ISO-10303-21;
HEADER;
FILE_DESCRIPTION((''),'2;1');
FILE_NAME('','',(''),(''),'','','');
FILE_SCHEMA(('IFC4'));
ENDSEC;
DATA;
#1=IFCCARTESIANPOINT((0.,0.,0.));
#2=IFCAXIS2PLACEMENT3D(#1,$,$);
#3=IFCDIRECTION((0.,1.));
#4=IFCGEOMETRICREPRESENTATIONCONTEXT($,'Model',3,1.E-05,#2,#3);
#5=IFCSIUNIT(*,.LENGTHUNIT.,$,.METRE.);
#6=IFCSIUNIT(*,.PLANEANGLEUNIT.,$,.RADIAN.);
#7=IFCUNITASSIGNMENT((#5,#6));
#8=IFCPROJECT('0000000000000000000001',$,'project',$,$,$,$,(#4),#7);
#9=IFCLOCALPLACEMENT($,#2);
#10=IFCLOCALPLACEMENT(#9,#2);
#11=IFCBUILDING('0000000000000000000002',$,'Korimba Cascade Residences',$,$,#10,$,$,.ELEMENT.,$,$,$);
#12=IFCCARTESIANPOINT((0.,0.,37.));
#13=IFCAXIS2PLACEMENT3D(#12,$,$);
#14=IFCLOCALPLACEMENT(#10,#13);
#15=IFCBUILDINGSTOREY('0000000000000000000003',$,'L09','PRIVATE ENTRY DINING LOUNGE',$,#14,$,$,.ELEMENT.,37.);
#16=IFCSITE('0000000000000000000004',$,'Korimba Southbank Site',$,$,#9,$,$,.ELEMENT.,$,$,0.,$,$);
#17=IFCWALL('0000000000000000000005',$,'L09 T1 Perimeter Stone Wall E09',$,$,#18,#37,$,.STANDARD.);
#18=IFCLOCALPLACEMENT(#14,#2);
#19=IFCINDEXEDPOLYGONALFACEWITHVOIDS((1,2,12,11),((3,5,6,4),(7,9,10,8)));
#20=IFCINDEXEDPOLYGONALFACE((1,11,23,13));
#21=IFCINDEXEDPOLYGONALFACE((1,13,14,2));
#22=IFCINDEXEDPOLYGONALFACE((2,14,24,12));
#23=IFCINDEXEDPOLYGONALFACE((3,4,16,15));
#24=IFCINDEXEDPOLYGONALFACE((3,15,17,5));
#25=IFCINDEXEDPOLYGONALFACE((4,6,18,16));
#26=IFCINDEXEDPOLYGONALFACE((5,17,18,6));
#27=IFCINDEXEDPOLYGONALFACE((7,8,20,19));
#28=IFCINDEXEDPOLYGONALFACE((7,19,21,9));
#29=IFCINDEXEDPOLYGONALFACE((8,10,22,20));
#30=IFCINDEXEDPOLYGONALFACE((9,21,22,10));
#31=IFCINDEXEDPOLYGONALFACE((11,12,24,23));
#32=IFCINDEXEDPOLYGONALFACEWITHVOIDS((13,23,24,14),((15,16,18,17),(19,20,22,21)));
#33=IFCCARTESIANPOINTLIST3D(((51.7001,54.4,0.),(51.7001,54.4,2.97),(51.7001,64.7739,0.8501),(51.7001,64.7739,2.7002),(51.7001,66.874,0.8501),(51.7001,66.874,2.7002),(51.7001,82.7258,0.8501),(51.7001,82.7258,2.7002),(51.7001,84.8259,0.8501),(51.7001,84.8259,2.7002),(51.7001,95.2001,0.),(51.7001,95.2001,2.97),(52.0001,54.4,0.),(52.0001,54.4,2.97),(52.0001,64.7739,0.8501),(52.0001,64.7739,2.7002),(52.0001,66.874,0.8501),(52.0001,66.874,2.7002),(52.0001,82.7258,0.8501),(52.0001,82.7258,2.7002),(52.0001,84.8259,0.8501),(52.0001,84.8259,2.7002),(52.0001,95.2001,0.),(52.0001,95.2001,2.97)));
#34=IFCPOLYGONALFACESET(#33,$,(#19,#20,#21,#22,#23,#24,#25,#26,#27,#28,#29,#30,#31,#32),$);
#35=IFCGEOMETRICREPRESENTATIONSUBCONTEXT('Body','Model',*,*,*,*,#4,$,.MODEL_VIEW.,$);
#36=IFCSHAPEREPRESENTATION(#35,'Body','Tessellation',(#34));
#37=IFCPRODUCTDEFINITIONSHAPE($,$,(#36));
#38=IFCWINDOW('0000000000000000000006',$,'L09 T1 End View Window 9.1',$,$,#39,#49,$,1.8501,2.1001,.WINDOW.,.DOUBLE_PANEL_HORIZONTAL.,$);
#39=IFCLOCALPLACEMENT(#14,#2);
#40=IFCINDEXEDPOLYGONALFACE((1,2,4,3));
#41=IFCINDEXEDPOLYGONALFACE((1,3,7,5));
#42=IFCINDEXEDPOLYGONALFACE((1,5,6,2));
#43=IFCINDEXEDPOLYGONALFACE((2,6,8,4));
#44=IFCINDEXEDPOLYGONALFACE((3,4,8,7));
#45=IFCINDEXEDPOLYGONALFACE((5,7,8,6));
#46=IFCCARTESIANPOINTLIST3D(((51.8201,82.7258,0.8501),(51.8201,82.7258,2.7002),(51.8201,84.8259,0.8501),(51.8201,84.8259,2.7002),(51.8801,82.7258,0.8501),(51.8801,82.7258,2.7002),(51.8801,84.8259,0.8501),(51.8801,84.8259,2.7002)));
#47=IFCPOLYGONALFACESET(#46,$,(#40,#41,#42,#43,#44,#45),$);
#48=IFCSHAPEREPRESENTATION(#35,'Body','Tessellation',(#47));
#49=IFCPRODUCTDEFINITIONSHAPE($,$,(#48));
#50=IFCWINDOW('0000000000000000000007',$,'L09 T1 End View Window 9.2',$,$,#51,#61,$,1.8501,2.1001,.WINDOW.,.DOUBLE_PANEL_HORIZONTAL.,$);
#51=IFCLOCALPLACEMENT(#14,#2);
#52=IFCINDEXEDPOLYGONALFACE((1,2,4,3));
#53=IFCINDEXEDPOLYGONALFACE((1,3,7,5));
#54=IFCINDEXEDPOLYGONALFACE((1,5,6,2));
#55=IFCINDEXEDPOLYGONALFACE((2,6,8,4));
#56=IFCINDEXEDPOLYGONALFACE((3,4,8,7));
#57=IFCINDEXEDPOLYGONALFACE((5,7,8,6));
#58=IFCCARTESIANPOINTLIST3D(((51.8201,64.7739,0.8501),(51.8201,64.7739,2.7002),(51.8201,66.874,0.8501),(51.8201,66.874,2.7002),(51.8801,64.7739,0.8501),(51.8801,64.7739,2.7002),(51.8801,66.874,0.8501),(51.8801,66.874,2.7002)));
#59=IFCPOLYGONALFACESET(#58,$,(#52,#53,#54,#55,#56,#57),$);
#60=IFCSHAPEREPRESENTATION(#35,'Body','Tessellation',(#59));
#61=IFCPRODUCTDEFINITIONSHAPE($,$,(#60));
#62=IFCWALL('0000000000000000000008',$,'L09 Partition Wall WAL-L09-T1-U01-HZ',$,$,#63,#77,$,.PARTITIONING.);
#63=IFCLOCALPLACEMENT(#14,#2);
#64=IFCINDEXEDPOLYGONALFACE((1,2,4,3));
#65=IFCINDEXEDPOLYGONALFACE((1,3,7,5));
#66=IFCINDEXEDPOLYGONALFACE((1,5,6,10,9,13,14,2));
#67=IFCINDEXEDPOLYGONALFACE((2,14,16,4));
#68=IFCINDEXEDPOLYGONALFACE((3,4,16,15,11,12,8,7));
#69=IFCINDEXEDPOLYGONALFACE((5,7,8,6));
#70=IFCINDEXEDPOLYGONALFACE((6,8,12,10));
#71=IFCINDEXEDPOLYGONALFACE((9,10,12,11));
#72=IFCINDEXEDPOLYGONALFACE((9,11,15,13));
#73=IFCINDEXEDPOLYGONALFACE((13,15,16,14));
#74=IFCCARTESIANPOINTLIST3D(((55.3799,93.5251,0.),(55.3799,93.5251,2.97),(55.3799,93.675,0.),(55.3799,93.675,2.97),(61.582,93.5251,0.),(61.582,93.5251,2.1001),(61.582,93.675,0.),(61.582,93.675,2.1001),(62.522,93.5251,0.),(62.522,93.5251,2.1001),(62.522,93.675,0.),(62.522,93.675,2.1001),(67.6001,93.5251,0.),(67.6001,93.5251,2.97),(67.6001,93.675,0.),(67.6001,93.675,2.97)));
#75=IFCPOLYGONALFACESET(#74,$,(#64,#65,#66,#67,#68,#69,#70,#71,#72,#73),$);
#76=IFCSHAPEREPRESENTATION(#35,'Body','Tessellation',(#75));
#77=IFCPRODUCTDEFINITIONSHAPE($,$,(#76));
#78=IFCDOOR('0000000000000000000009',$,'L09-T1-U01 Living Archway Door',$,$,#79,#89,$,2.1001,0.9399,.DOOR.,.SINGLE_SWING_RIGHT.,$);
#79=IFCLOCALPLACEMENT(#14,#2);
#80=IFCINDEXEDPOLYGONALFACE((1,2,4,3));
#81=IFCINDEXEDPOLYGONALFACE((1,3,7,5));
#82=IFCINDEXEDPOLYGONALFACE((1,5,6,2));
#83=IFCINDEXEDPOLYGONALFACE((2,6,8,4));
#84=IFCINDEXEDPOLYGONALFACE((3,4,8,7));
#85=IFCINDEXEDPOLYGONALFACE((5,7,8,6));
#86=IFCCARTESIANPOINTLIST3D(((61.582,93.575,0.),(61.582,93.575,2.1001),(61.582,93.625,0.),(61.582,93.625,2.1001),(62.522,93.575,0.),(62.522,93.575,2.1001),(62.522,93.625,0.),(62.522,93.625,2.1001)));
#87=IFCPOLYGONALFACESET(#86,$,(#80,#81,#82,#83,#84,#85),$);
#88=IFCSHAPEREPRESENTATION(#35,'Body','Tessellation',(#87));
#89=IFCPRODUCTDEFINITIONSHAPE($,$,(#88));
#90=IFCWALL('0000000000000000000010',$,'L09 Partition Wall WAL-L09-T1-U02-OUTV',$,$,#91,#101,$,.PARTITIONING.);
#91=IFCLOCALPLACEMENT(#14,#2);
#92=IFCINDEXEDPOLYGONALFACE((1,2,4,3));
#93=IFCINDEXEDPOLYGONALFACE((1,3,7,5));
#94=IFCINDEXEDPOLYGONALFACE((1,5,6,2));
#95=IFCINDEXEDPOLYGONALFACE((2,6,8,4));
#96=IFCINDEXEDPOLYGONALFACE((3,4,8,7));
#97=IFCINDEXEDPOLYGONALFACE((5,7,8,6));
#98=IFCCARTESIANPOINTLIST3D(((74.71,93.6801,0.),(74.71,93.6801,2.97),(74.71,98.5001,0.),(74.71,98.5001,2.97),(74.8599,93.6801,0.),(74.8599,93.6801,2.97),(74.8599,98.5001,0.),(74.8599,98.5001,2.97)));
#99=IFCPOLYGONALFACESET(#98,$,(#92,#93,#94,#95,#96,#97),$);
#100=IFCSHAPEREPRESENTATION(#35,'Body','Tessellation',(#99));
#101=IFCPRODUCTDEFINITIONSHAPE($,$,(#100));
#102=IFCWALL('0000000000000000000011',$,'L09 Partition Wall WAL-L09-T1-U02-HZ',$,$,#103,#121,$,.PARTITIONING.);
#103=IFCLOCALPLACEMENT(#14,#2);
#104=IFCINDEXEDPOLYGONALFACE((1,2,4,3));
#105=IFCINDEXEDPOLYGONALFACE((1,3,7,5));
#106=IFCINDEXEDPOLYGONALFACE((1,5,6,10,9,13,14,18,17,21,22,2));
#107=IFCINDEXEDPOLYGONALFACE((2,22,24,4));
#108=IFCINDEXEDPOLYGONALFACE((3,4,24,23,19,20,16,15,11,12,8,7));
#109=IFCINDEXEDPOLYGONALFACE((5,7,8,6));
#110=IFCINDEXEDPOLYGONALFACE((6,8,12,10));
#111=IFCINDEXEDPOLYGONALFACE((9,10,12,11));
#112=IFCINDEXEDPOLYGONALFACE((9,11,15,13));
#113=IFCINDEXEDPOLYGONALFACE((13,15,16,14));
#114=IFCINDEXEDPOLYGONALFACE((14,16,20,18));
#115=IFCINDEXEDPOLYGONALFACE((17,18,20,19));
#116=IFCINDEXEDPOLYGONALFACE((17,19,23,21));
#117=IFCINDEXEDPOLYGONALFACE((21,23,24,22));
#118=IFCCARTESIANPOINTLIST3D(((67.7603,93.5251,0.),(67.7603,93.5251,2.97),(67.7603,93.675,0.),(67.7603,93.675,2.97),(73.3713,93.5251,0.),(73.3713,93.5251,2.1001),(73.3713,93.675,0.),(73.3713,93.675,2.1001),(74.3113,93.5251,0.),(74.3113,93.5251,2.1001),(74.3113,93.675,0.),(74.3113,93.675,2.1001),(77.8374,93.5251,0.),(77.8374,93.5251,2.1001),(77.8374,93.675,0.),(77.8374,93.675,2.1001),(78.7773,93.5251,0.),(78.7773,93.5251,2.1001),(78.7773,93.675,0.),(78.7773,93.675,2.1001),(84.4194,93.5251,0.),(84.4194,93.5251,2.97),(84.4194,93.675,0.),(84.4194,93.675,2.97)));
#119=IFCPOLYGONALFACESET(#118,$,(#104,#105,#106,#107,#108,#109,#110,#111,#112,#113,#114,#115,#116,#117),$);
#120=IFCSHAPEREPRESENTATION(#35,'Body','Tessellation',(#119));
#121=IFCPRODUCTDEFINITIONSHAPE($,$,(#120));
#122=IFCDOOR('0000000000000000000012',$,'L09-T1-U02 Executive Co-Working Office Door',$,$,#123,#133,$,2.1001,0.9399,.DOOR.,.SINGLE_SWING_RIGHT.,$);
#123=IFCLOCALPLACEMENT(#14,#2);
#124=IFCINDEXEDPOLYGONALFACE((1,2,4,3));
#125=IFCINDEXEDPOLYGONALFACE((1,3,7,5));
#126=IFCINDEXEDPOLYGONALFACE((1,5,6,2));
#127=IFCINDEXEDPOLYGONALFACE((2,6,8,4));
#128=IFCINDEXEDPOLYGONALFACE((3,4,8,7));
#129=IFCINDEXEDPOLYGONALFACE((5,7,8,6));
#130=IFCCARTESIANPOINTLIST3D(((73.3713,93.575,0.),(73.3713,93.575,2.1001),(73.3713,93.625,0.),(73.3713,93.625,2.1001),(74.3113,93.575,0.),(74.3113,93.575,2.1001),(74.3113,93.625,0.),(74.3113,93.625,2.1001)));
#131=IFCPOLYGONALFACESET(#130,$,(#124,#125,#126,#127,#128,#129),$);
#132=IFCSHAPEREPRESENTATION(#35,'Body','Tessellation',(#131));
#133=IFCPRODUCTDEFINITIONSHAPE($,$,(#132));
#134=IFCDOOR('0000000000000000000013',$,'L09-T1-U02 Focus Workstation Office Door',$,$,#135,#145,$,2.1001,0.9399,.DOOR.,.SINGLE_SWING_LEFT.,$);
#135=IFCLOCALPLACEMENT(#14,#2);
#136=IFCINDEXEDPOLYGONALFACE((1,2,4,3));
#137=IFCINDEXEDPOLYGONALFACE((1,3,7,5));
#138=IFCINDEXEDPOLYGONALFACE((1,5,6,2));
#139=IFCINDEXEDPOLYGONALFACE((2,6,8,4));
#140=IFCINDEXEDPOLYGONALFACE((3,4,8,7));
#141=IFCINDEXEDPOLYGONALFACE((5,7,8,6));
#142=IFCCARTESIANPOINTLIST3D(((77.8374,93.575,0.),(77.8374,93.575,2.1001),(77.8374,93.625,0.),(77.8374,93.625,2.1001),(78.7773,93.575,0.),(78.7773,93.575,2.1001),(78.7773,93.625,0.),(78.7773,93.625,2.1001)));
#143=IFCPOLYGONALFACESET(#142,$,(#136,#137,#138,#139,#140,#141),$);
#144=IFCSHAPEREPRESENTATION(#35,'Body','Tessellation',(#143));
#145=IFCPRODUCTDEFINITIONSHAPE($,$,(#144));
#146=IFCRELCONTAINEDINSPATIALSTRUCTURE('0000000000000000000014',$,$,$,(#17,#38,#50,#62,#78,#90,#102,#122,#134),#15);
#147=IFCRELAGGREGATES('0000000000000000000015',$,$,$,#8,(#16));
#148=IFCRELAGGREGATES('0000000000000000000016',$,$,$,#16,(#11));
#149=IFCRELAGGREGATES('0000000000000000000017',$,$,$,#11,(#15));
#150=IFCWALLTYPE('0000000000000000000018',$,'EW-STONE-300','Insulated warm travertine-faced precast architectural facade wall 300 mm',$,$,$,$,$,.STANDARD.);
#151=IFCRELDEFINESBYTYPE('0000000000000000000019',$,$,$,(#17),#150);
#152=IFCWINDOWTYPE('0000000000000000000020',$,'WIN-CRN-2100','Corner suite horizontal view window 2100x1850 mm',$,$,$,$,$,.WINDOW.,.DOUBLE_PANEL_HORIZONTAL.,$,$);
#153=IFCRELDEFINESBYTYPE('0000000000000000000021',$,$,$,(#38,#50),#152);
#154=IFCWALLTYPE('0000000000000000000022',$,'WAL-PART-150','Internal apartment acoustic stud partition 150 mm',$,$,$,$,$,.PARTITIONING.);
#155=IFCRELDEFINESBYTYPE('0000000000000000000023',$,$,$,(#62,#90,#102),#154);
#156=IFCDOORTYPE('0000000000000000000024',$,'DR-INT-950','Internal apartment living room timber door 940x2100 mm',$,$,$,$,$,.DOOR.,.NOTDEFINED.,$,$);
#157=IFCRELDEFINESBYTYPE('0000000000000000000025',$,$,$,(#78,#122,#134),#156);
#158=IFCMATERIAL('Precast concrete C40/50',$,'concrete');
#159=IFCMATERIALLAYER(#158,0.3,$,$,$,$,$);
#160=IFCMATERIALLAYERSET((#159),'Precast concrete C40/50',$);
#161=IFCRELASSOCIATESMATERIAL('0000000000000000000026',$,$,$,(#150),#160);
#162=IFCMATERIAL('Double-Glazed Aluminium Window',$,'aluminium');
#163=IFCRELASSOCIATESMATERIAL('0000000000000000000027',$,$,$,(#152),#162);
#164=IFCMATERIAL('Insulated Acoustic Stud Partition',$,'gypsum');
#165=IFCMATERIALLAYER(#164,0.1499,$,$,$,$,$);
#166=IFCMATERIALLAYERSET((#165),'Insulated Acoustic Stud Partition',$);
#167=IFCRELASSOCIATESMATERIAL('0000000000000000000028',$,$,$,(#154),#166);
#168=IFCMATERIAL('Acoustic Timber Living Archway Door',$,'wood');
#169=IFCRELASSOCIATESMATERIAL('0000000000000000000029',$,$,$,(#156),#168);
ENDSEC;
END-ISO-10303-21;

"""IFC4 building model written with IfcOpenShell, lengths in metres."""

from ifc_helpers import new_model, si_unit, direction, frame, frame_2d, origin, place, context, subcontext, project, spatial, rectangle, extrude, material, layer, layer_set, type_object, element, fill, save


model = new_model("IFC4")

# Units and contexts
model_context = context("Model", 3, precision=1e-05, world=origin(), true_north=direction((0.0, 1.0)))
body_context = subcontext(model_context, "Body", "Model", "MODEL_VIEW")
ifc_project = project(units=[si_unit("LENGTHUNIT", "METRE"), si_unit("PLANEANGLEUNIT", "RADIAN")], contexts=[model_context])

# Site, building, storey
site_placement = place(None, origin())
site = spatial("IfcSite", under=ifc_project, at=site_placement, Name="Korimba Southbank Site", CompositionType="ELEMENT", RefElevation=0.0)
building_placement = place(site_placement, origin())
building = spatial("IfcBuilding", under=site, at=building_placement, Name="Korimba Cascade Residences", CompositionType="ELEMENT")
storey_placement = place(building_placement, frame((0.0, 0.0, 37.0)))
storey = spatial("IfcBuildingStorey", under=building, at=storey_placement, Name="L09", Description="PRIVATE ENTRY DINING LOUNGE", CompositionType="ELEMENT", Elevation=37.0)

# Shared definitions
ifc_material_1 = material(Name="Precast concrete C40/50", Category="concrete")
ifc_layer_1 = layer(ifc_material_1, 0.3)
ifc_layer_set_1 = layer_set([ifc_layer_1], Name="Precast concrete C40/50")
wall_type_1 = type_object("IfcWallType", Name="EW-STONE-300", Description="Insulated warm travertine-faced precast architectural facade wall 300 mm", PredefinedType="STANDARD", material=ifc_layer_set_1)

# Wall, openings, windows
wall_1_placement = place(storey_placement, frame((51.8501, 95.2, 0.0), z_axis=(0.0, 0.0, 1.0), x_axis=(0.0, -1.0, 0.0)))
wall_1 = element("IfcWall", 1, at=wall_1_placement, inside=storey, type_object=wall_type_1, Name="L09 T1 Perimeter Stone Wall E09", PredefinedType="STANDARD", context=body_context, shape_type="SweptSolid", body=[
    extrude(rectangle(XDim=40.8, YDim=0.3, at=frame_2d((20.3999, 0.0))), origin(), (0.0, 0.0, 1.0), 2.97),
])
opening_1_placement = place(wall_1_placement, frame((10.374, 0.0, 0.8501)))
opening_1 = element("IfcOpeningElement", 2, at=opening_1_placement, cuts=wall_1, PredefinedType="OPENING", context=body_context, shape_type="SweptSolid", body=[
    extrude(rectangle(XDim=2.1001, YDim=1.8501, at=frame_2d((1.05, 0.925))), frame((0.0, 0.1602, 0.0), z_axis=(0.0, -1.0, 0.0), x_axis=(1.0, 0.0, 0.0)), (0.0, 0.0, 1.0), 0.3201),
])
opening_2_placement = place(wall_1_placement, frame((28.3259, 0.0, 0.8501)))
opening_2 = element("IfcOpeningElement", 3, at=opening_2_placement, cuts=wall_1, PredefinedType="OPENING", context=body_context, shape_type="SweptSolid", body=[
    extrude(rectangle(XDim=2.1001, YDim=1.8501, at=frame_2d((1.05, 0.925))), frame((0.0, 0.1602, 0.0), z_axis=(0.0, -1.0, 0.0), x_axis=(1.0, 0.0, 0.0)), (0.0, 0.0, 1.0), 0.3201),
])
ifc_material_2 = material(Name="Double-Glazed Aluminium Window", Category="aluminium")
window_type = type_object("IfcWindowType", Name="WIN-CRN-2100", Description="Corner suite horizontal view window 2100x1850 mm", PartitioningType="DOUBLE_PANEL_HORIZONTAL", PredefinedType="WINDOW", material=ifc_material_2)
window_1_placement = place(opening_1_placement, origin())
window_1 = element("IfcWindow", 4, at=window_1_placement, inside=storey, type_object=window_type, Name="L09 T1 End View Window 9.1", OverallHeight=1.8501, OverallWidth=2.1001, PartitioningType="DOUBLE_PANEL_HORIZONTAL", PredefinedType="WINDOW", context=body_context, shape_type="SweptSolid", body=[
    extrude(rectangle(XDim=2.1001, YDim=1.8501, at=frame_2d((1.05, 0.925))), frame((0.0, 0.03, 0.0), z_axis=(0.0, -1.0, 0.0), x_axis=(1.0, 0.0, 0.0)), (0.0, 0.0, 1.0), 0.0601),
])
fill(opening_1, window_1)
window_2_placement = place(opening_2_placement, origin())
window_2 = element("IfcWindow", 5, at=window_2_placement, inside=storey, type_object=window_type, Name="L09 T1 End View Window 9.2", OverallHeight=1.8501, OverallWidth=2.1001, PartitioningType="DOUBLE_PANEL_HORIZONTAL", PredefinedType="WINDOW", context=body_context, shape_type="SweptSolid", body=[
    extrude(rectangle(XDim=2.1001, YDim=1.8501, at=frame_2d((1.05, 0.925))), frame((0.0, 0.03, 0.0), z_axis=(0.0, -1.0, 0.0), x_axis=(1.0, 0.0, 0.0)), (0.0, 0.0, 1.0), 0.0601),
])
fill(opening_2, window_2)

# Wall, opening, door
ifc_material_3 = material(Name="Insulated Acoustic Stud Partition", Category="gypsum")
ifc_layer_2 = layer(ifc_material_3, 0.1499)
ifc_layer_set_2 = layer_set([ifc_layer_2], Name="Insulated Acoustic Stud Partition")
wall_type_2 = type_object("IfcWallType", Name="WAL-PART-150", Description="Internal apartment acoustic stud partition 150 mm", PredefinedType="PARTITIONING", material=ifc_layer_set_2)
wall_2_placement = place(storey_placement, frame((55.3799, 93.6001, 0.0), z_axis=(0.0, 0.0, 1.0), x_axis=(1.0, 0.0, 0.0)))
wall_2 = element("IfcWall", 6, at=wall_2_placement, inside=storey, type_object=wall_type_2, Name="L09 Partition Wall WAL-L09-T1-U01-HZ", PredefinedType="PARTITIONING", context=body_context, shape_type="SweptSolid", body=[
    extrude(rectangle(XDim=12.2202, YDim=0.1499, at=frame_2d((6.1101, 0.0))), origin(), (0.0, 0.0, 1.0), 2.97),
])
opening_3_placement = place(wall_2_placement, frame((6.2021, 0.0, 0.0)))
opening_3 = element("IfcOpeningElement", 7, at=opening_3_placement, cuts=wall_2, PredefinedType="OPENING", context=body_context, shape_type="SweptSolid", body=[
    extrude(rectangle(XDim=0.9399, YDim=2.1001, at=frame_2d((0.47, 1.05))), frame((0.0, 0.085, 0.0), z_axis=(0.0, -1.0, 0.0), x_axis=(1.0, 0.0, 0.0)), (0.0, 0.0, 1.0), 0.1699),
])
ifc_material_4 = material(Name="Acoustic Timber Living Archway Door", Category="wood")
door_type = type_object("IfcDoorType", Name="DR-INT-950", Description="Internal apartment living room timber door 940x2100 mm", OperationType="NOTDEFINED", PredefinedType="DOOR", material=ifc_material_4)
door_1_placement = place(opening_3_placement, origin())
door_1 = element("IfcDoor", 8, at=door_1_placement, inside=storey, type_object=door_type, Name="L09-T1-U01 Living Archway Door", OperationType="SINGLE_SWING_RIGHT", OverallHeight=2.1001, OverallWidth=0.9399, PredefinedType="DOOR", context=body_context, shape_type="SweptSolid", body=[
    extrude(rectangle(XDim=0.9399, YDim=2.1001, at=frame_2d((0.47, 1.05))), frame((0.0, 0.0249, 0.0), z_axis=(0.0, -1.0, 0.0), x_axis=(1.0, 0.0, 0.0)), (0.0, 0.0, 1.0), 0.05),
])
fill(opening_3, door_1)

# Wall
wall_3_placement = place(storey_placement, frame((74.7849, 93.6799, 0.0), z_axis=(0.0, 0.0, 1.0), x_axis=(0.0, 1.0, 0.0)))
element("IfcWall", 9, at=wall_3_placement, inside=storey, type_object=wall_type_2, Name="L09 Partition Wall WAL-L09-T1-U02-OUTV", PredefinedType="PARTITIONING", context=body_context, shape_type="SweptSolid", body=[
    extrude(rectangle(XDim=4.8201, YDim=0.1499, at=frame_2d((2.4102, 0.0))), origin(), (0.0, 0.0, 1.0), 2.97),
])

# Wall, openings, doors
wall_4_placement = place(storey_placement, frame((67.7603, 93.6001, 0.0), z_axis=(0.0, 0.0, 1.0), x_axis=(1.0, 0.0, 0.0)))
wall_4 = element("IfcWall", 10, at=wall_4_placement, inside=storey, type_object=wall_type_2, Name="L09 Partition Wall WAL-L09-T1-U02-HZ", PredefinedType="PARTITIONING", context=body_context, shape_type="SweptSolid", body=[
    extrude(rectangle(XDim=16.6592, YDim=0.1499, at=frame_2d((8.3296, 0.0))), origin(), (0.0, 0.0, 1.0), 2.97),
])
opening_4_placement = place(wall_4_placement, frame((5.6111, 0.0, 0.0)))
opening_4 = element("IfcOpeningElement", 11, at=opening_4_placement, cuts=wall_4, PredefinedType="OPENING", context=body_context, shape_type="SweptSolid", body=[
    extrude(rectangle(XDim=0.9399, YDim=2.1001, at=frame_2d((0.47, 1.05))), frame((0.0, 0.085, 0.0), z_axis=(0.0, -1.0, 0.0), x_axis=(1.0, 0.0, 0.0)), (0.0, 0.0, 1.0), 0.1699),
])
opening_5_placement = place(wall_4_placement, frame((10.0771, 0.0, 0.0)))
opening_5 = element("IfcOpeningElement", 12, at=opening_5_placement, cuts=wall_4, PredefinedType="OPENING", context=body_context, shape_type="SweptSolid", body=[
    extrude(rectangle(XDim=0.9399, YDim=2.1001, at=frame_2d((0.47, 1.05))), frame((0.0, 0.085, 0.0), z_axis=(0.0, -1.0, 0.0), x_axis=(1.0, 0.0, 0.0)), (0.0, 0.0, 1.0), 0.1699),
])
door_2_placement = place(opening_4_placement, origin())
door_2 = element("IfcDoor", 13, at=door_2_placement, inside=storey, type_object=door_type, Name="L09-T1-U02 Executive Co-Working Office Door", OperationType="SINGLE_SWING_RIGHT", OverallHeight=2.1001, OverallWidth=0.9399, PredefinedType="DOOR", context=body_context, shape_type="SweptSolid", body=[
    extrude(rectangle(XDim=0.9399, YDim=2.1001, at=frame_2d((0.47, 1.05))), frame((0.0, 0.0249, 0.0), z_axis=(0.0, -1.0, 0.0), x_axis=(1.0, 0.0, 0.0)), (0.0, 0.0, 1.0), 0.05),
])
fill(opening_4, door_2)
door_3_placement = place(opening_5_placement, origin())
door_3 = element("IfcDoor", 14, at=door_3_placement, inside=storey, type_object=door_type, Name="L09-T1-U02 Focus Workstation Office Door", OperationType="SINGLE_SWING_LEFT", OverallHeight=2.1001, OverallWidth=0.9399, PredefinedType="DOOR", context=body_context, shape_type="SweptSolid", body=[
    extrude(rectangle(XDim=0.9399, YDim=2.1001, at=frame_2d((0.47, 1.05))), frame((0.0, 0.0249, 0.0), z_axis=(0.0, -1.0, 0.0), x_axis=(1.0, 0.0, 0.0)), (0.0, 0.0, 1.0), 0.05),
])
fill(opening_5, door_3)

save(model, "model.ifc")
